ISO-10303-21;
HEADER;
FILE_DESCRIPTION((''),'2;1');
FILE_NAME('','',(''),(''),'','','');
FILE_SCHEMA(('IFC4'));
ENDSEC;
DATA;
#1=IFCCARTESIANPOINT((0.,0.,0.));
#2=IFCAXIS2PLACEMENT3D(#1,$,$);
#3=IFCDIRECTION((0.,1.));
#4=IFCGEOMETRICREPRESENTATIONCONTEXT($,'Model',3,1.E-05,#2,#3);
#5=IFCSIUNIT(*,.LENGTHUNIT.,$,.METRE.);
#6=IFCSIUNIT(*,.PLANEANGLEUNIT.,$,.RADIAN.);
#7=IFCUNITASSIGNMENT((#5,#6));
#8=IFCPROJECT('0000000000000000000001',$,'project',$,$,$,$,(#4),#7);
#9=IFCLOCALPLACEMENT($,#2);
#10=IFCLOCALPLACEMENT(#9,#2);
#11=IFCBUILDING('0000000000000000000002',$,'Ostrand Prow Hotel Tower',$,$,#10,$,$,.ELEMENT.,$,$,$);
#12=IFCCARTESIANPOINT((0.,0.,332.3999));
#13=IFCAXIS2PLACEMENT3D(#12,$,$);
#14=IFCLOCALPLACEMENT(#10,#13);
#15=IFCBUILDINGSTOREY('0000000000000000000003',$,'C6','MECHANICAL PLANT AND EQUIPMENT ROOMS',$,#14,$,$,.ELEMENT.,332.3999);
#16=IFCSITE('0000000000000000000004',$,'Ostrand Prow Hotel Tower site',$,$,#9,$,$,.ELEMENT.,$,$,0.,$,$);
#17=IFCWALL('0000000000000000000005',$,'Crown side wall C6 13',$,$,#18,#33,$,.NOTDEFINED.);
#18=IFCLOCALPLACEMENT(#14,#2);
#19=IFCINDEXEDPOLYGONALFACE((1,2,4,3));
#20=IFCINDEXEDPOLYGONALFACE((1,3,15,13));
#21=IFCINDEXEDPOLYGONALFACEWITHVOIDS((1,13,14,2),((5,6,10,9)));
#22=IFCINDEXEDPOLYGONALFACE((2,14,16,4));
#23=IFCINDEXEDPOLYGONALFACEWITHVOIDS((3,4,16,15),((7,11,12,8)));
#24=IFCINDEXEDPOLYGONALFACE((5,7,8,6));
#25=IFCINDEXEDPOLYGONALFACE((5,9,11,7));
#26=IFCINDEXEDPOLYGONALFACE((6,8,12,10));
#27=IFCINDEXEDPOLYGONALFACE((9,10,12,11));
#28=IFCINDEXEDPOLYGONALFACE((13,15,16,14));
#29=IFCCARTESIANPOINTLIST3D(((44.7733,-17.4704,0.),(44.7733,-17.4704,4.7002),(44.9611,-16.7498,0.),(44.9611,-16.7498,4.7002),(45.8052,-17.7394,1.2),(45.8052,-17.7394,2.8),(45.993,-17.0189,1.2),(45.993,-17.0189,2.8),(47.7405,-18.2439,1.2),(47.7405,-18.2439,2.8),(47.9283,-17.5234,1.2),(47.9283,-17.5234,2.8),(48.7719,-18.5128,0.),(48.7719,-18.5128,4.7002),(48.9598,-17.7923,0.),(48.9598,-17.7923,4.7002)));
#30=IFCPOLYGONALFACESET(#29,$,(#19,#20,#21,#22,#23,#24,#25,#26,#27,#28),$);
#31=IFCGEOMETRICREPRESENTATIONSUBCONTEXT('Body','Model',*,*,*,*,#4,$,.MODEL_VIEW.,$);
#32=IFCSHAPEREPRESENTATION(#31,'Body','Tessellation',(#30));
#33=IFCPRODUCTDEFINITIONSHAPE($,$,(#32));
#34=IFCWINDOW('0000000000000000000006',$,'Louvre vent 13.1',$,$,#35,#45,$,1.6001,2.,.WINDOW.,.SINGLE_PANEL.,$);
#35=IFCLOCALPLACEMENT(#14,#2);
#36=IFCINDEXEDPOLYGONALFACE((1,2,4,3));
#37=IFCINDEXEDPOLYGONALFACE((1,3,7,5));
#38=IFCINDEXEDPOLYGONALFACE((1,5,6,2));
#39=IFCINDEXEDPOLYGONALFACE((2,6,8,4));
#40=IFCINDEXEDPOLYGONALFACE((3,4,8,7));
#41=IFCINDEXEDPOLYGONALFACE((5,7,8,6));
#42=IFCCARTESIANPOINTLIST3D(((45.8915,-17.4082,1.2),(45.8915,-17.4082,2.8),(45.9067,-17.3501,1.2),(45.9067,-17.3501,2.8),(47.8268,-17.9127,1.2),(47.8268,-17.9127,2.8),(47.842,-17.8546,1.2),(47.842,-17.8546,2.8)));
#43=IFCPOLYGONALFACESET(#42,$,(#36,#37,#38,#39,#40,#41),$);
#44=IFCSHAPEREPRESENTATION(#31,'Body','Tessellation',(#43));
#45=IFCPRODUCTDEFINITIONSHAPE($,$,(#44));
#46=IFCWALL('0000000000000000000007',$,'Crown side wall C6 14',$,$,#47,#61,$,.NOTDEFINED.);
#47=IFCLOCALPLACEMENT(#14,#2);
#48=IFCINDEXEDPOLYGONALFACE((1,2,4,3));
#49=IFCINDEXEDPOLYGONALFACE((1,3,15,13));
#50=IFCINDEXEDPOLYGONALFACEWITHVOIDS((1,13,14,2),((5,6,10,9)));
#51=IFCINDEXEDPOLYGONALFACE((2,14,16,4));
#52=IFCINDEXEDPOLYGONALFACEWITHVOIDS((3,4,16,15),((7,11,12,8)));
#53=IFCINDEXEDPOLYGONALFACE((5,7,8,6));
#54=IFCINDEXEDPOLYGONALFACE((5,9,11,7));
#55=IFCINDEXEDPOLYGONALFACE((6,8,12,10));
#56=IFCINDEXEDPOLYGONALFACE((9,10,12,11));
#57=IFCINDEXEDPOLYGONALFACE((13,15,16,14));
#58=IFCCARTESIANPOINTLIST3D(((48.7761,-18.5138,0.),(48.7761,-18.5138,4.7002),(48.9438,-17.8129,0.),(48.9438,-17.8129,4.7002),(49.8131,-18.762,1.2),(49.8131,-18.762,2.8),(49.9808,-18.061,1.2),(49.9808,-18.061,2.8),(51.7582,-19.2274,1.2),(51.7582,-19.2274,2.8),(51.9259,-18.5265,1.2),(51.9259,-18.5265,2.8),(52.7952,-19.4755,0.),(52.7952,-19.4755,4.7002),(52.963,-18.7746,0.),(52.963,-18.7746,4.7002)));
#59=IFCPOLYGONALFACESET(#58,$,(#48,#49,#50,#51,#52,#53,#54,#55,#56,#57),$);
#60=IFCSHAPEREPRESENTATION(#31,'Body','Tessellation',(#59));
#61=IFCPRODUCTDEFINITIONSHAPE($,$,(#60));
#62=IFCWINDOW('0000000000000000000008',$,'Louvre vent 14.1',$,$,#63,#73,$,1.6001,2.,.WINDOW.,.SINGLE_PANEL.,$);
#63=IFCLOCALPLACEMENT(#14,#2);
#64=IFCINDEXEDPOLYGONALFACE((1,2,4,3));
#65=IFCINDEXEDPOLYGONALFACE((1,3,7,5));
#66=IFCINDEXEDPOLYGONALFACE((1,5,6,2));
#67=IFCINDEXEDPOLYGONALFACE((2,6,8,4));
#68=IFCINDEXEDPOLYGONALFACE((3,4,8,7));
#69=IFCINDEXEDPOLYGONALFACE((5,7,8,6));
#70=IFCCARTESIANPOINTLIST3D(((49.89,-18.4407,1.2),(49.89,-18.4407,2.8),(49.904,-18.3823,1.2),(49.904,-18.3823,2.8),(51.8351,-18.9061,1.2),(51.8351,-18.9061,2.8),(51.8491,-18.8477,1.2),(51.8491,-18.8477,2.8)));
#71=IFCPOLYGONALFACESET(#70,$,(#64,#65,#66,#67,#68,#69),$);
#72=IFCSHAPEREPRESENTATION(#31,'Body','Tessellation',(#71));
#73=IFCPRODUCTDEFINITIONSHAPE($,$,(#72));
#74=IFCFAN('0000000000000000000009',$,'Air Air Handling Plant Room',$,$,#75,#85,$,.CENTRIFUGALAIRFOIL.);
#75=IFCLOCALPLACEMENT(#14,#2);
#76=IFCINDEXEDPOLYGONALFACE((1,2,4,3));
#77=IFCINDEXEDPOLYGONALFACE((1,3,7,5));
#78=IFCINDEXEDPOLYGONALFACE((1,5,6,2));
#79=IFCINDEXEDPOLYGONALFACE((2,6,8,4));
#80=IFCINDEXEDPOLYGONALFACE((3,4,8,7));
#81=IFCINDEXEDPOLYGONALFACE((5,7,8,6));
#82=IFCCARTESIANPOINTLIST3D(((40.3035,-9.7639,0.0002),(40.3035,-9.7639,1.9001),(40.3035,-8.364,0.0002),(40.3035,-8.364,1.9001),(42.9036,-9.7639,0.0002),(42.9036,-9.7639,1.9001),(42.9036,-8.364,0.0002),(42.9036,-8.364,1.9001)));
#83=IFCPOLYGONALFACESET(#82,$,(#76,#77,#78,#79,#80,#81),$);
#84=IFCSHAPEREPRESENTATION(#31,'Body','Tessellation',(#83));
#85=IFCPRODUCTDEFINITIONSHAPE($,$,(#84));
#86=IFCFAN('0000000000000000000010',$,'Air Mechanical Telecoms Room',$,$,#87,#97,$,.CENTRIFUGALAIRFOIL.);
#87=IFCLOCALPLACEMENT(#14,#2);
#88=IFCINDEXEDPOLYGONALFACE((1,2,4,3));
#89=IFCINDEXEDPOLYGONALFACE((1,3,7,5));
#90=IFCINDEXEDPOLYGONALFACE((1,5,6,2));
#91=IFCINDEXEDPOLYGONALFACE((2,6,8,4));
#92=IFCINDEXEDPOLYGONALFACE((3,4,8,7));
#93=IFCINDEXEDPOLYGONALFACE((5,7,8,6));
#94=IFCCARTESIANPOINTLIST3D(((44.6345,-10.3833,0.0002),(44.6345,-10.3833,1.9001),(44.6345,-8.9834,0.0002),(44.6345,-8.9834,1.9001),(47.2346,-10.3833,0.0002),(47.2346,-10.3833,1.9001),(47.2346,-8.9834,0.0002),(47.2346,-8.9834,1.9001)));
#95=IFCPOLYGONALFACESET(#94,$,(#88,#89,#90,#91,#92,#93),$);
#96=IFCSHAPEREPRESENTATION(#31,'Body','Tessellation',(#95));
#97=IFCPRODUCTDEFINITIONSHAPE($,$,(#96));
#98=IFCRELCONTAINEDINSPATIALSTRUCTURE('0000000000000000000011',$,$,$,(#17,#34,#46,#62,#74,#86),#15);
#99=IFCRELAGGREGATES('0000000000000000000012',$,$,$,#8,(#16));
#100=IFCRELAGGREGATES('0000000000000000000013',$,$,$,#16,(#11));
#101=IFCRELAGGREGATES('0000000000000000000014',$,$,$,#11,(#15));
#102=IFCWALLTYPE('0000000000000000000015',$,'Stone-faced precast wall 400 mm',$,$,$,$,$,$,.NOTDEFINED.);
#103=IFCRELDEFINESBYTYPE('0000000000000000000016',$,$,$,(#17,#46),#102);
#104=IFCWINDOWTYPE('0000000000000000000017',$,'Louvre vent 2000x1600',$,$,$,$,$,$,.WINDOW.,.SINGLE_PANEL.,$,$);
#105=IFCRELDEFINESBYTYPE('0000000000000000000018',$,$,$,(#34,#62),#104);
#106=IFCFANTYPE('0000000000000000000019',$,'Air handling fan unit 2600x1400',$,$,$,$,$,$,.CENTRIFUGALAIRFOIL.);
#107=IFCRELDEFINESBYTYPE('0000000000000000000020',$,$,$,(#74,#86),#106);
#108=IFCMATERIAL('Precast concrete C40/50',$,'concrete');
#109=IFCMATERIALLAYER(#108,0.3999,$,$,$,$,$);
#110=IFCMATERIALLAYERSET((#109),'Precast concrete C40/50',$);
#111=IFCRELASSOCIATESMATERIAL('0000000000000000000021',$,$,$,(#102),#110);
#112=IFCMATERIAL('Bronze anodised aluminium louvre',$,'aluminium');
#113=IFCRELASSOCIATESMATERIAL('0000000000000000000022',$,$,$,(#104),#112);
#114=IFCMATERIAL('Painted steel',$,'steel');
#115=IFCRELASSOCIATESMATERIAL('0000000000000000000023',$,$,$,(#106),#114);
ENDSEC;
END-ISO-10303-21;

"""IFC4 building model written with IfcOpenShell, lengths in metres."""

from ifc_helpers import new_model, si_unit, direction, frame, frame_2d, origin, origin_2d, place, context, subcontext, project, spatial, rectangle, extrude, material, layer, layer_set, type_object, element, fill, save


model = new_model("IFC4")

# Units and contexts
model_context = context("Model", 3, precision=1e-05, world=origin(), true_north=direction((0.0, 1.0)))
body_context = subcontext(model_context, "Body", "Model", "MODEL_VIEW")
ifc_project = project(units=[si_unit("LENGTHUNIT", "METRE"), si_unit("PLANEANGLEUNIT", "RADIAN")], contexts=[model_context])

# Site, building, storey
site_placement = place(None, origin())
site = spatial("IfcSite", under=ifc_project, at=site_placement, Name="Ostrand Prow Hotel Tower site", CompositionType="ELEMENT", RefElevation=0.0)
building_placement = place(site_placement, origin())
building = spatial("IfcBuilding", under=site, at=building_placement, Name="Ostrand Prow Hotel Tower", CompositionType="ELEMENT")
storey_placement = place(building_placement, frame((0.0, 0.0, 332.3999)))
storey = spatial("IfcBuildingStorey", under=building, at=storey_placement, Name="C6", Description="MECHANICAL PLANT AND EQUIPMENT ROOMS", CompositionType="ELEMENT", Elevation=332.3999)

# Walls, openings, windows
ifc_material_1 = material(Name="Precast concrete C40/50", Category="concrete")
ifc_layer_1 = layer(ifc_material_1, 0.3999)
ifc_layer_set_1 = layer_set([ifc_layer_1], Name="Precast concrete C40/50")
wall_type_1 = type_object("IfcWallType", Name="Stone-faced precast wall 400 mm", PredefinedType="NOTDEFINED", material=ifc_layer_set_1)
ifc_material_2 = material(Name="Bronze anodised aluminium louvre", Category="aluminium")
window_type = type_object("IfcWindowType", Name="Louvre vent 2000x1600", PartitioningType="SINGLE_PANEL", PredefinedType="WINDOW", material=ifc_material_2)
wall_1_placement = place(storey_placement, frame((44.8672, -17.1101, 0.0), z_axis=(0.0, 0.0, 1.0), x_axis=(0.967657, -0.252268, 0.0)))
wall_1 = element("IfcWall", 1, at=wall_1_placement, inside=storey, type_object=wall_type_1, Name="Crown side wall C6 13", PredefinedType="NOTDEFINED", context=body_context, shape_type="SweptSolid", body=[
    extrude(rectangle(XDim=4.1323, YDim=0.7446, at=frame_2d((2.0662, 0.0))), origin(), (0.0, 0.0, 1.0), 4.7002),
])
opening_1_placement = place(wall_1_placement, frame((1.0664, 0.0, 1.2)))
opening_1 = element("IfcOpeningElement", 2, at=opening_1_placement, cuts=wall_1, PredefinedType="OPENING", context=body_context, shape_type="SweptSolid", body=[
    extrude(rectangle(XDim=2.0, YDim=1.6001, at=frame_2d((1.0, 0.8))), frame((0.0, 0.3823, 0.0), z_axis=(0.0, -1.0, 0.0), x_axis=(1.0, 0.0, 0.0)), (0.0, 0.0, 1.0), 0.7646),
])
window_1_placement = place(opening_1_placement, origin())
window_1 = element("IfcWindow", 3, at=window_1_placement, inside=storey, type_object=window_type, Name="Louvre vent 13.1", OverallHeight=1.6001, OverallWidth=2.0, PartitioningType="SINGLE_PANEL", PredefinedType="WINDOW", context=body_context, shape_type="SweptSolid", body=[
    extrude(rectangle(XDim=2.0, YDim=1.6001, at=frame_2d((1.0, 0.8))), frame((0.0, 0.03, 0.0), z_axis=(0.0, -1.0, 0.0), x_axis=(1.0, 0.0, 0.0)), (0.0, 0.0, 1.0), 0.0601),
])
fill(opening_1, window_1)
wall_2_placement = place(storey_placement, frame((48.8599, -18.1633, 0.0), z_axis=(0.0, 0.0, 1.0), x_axis=(0.972546, -0.232709, 0.0)))
wall_2 = element("IfcWall", 4, at=wall_2_placement, inside=storey, type_object=wall_type_1, Name="Crown side wall C6 14", PredefinedType="NOTDEFINED", context=body_context, shape_type="SweptSolid", body=[
    extrude(rectangle(XDim=4.1326, YDim=0.7207, at=frame_2d((2.0664, 0.0))), origin(), (0.0, 0.0, 1.0), 4.7002),
])
opening_2_placement = place(wall_2_placement, frame((1.0664, 0.0, 1.2)))
opening_2 = element("IfcOpeningElement", 5, at=opening_2_placement, cuts=wall_2, PredefinedType="OPENING", context=body_context, shape_type="SweptSolid", body=[
    extrude(rectangle(XDim=2.0, YDim=1.6001, at=frame_2d((1.0, 0.8))), frame((0.0, 0.3704, 0.0), z_axis=(0.0, -1.0, 0.0), x_axis=(1.0, 0.0, 0.0)), (0.0, 0.0, 1.0), 0.7407),
])
window_2_placement = place(opening_2_placement, origin())
window_2 = element("IfcWindow", 6, at=window_2_placement, inside=storey, type_object=window_type, Name="Louvre vent 14.1", OverallHeight=1.6001, OverallWidth=2.0, PartitioningType="SINGLE_PANEL", PredefinedType="WINDOW", context=body_context, shape_type="SweptSolid", body=[
    extrude(rectangle(XDim=2.0, YDim=1.6001, at=frame_2d((1.0, 0.8))), frame((0.0, 0.03, 0.0), z_axis=(0.0, -1.0, 0.0), x_axis=(1.0, 0.0, 0.0)), (0.0, 0.0, 1.0), 0.0601),
])
fill(opening_2, window_2)

# Fans
ifc_material_3 = material(Name="Painted steel", Category="steel")
fan_type = type_object("IfcFanType", Name="Air handling fan unit 2600x1400", PredefinedType="CENTRIFUGALAIRFOIL", material=ifc_material_3)
for number, where, z_axis, x_axis, name in (
    (7, (41.6035, -9.064, 0.0002), (0.0, 0.0, 1.0), (1.0, 0.0, 0.0), "Air Air Handling Plant Room"),
    (8, (45.9346, -9.6833, 0.0002), (0.0, 0.0, 1.0), (1.0, 0.0, 0.0), "Air Mechanical Telecoms Room"),
):
    element("IfcFan", number, at=place(storey_placement, frame(where, z_axis=z_axis, x_axis=x_axis)), inside=storey, type_object=fan_type, Name=name, PredefinedType="CENTRIFUGALAIRFOIL", context=body_context, shape_type="SweptSolid", body=[
        extrude(rectangle(XDim=2.6001, YDim=1.3999, at=origin_2d()), origin(), (0.0, 0.0, 1.0), 1.8999),
    ])

save(model, "model.ifc")
